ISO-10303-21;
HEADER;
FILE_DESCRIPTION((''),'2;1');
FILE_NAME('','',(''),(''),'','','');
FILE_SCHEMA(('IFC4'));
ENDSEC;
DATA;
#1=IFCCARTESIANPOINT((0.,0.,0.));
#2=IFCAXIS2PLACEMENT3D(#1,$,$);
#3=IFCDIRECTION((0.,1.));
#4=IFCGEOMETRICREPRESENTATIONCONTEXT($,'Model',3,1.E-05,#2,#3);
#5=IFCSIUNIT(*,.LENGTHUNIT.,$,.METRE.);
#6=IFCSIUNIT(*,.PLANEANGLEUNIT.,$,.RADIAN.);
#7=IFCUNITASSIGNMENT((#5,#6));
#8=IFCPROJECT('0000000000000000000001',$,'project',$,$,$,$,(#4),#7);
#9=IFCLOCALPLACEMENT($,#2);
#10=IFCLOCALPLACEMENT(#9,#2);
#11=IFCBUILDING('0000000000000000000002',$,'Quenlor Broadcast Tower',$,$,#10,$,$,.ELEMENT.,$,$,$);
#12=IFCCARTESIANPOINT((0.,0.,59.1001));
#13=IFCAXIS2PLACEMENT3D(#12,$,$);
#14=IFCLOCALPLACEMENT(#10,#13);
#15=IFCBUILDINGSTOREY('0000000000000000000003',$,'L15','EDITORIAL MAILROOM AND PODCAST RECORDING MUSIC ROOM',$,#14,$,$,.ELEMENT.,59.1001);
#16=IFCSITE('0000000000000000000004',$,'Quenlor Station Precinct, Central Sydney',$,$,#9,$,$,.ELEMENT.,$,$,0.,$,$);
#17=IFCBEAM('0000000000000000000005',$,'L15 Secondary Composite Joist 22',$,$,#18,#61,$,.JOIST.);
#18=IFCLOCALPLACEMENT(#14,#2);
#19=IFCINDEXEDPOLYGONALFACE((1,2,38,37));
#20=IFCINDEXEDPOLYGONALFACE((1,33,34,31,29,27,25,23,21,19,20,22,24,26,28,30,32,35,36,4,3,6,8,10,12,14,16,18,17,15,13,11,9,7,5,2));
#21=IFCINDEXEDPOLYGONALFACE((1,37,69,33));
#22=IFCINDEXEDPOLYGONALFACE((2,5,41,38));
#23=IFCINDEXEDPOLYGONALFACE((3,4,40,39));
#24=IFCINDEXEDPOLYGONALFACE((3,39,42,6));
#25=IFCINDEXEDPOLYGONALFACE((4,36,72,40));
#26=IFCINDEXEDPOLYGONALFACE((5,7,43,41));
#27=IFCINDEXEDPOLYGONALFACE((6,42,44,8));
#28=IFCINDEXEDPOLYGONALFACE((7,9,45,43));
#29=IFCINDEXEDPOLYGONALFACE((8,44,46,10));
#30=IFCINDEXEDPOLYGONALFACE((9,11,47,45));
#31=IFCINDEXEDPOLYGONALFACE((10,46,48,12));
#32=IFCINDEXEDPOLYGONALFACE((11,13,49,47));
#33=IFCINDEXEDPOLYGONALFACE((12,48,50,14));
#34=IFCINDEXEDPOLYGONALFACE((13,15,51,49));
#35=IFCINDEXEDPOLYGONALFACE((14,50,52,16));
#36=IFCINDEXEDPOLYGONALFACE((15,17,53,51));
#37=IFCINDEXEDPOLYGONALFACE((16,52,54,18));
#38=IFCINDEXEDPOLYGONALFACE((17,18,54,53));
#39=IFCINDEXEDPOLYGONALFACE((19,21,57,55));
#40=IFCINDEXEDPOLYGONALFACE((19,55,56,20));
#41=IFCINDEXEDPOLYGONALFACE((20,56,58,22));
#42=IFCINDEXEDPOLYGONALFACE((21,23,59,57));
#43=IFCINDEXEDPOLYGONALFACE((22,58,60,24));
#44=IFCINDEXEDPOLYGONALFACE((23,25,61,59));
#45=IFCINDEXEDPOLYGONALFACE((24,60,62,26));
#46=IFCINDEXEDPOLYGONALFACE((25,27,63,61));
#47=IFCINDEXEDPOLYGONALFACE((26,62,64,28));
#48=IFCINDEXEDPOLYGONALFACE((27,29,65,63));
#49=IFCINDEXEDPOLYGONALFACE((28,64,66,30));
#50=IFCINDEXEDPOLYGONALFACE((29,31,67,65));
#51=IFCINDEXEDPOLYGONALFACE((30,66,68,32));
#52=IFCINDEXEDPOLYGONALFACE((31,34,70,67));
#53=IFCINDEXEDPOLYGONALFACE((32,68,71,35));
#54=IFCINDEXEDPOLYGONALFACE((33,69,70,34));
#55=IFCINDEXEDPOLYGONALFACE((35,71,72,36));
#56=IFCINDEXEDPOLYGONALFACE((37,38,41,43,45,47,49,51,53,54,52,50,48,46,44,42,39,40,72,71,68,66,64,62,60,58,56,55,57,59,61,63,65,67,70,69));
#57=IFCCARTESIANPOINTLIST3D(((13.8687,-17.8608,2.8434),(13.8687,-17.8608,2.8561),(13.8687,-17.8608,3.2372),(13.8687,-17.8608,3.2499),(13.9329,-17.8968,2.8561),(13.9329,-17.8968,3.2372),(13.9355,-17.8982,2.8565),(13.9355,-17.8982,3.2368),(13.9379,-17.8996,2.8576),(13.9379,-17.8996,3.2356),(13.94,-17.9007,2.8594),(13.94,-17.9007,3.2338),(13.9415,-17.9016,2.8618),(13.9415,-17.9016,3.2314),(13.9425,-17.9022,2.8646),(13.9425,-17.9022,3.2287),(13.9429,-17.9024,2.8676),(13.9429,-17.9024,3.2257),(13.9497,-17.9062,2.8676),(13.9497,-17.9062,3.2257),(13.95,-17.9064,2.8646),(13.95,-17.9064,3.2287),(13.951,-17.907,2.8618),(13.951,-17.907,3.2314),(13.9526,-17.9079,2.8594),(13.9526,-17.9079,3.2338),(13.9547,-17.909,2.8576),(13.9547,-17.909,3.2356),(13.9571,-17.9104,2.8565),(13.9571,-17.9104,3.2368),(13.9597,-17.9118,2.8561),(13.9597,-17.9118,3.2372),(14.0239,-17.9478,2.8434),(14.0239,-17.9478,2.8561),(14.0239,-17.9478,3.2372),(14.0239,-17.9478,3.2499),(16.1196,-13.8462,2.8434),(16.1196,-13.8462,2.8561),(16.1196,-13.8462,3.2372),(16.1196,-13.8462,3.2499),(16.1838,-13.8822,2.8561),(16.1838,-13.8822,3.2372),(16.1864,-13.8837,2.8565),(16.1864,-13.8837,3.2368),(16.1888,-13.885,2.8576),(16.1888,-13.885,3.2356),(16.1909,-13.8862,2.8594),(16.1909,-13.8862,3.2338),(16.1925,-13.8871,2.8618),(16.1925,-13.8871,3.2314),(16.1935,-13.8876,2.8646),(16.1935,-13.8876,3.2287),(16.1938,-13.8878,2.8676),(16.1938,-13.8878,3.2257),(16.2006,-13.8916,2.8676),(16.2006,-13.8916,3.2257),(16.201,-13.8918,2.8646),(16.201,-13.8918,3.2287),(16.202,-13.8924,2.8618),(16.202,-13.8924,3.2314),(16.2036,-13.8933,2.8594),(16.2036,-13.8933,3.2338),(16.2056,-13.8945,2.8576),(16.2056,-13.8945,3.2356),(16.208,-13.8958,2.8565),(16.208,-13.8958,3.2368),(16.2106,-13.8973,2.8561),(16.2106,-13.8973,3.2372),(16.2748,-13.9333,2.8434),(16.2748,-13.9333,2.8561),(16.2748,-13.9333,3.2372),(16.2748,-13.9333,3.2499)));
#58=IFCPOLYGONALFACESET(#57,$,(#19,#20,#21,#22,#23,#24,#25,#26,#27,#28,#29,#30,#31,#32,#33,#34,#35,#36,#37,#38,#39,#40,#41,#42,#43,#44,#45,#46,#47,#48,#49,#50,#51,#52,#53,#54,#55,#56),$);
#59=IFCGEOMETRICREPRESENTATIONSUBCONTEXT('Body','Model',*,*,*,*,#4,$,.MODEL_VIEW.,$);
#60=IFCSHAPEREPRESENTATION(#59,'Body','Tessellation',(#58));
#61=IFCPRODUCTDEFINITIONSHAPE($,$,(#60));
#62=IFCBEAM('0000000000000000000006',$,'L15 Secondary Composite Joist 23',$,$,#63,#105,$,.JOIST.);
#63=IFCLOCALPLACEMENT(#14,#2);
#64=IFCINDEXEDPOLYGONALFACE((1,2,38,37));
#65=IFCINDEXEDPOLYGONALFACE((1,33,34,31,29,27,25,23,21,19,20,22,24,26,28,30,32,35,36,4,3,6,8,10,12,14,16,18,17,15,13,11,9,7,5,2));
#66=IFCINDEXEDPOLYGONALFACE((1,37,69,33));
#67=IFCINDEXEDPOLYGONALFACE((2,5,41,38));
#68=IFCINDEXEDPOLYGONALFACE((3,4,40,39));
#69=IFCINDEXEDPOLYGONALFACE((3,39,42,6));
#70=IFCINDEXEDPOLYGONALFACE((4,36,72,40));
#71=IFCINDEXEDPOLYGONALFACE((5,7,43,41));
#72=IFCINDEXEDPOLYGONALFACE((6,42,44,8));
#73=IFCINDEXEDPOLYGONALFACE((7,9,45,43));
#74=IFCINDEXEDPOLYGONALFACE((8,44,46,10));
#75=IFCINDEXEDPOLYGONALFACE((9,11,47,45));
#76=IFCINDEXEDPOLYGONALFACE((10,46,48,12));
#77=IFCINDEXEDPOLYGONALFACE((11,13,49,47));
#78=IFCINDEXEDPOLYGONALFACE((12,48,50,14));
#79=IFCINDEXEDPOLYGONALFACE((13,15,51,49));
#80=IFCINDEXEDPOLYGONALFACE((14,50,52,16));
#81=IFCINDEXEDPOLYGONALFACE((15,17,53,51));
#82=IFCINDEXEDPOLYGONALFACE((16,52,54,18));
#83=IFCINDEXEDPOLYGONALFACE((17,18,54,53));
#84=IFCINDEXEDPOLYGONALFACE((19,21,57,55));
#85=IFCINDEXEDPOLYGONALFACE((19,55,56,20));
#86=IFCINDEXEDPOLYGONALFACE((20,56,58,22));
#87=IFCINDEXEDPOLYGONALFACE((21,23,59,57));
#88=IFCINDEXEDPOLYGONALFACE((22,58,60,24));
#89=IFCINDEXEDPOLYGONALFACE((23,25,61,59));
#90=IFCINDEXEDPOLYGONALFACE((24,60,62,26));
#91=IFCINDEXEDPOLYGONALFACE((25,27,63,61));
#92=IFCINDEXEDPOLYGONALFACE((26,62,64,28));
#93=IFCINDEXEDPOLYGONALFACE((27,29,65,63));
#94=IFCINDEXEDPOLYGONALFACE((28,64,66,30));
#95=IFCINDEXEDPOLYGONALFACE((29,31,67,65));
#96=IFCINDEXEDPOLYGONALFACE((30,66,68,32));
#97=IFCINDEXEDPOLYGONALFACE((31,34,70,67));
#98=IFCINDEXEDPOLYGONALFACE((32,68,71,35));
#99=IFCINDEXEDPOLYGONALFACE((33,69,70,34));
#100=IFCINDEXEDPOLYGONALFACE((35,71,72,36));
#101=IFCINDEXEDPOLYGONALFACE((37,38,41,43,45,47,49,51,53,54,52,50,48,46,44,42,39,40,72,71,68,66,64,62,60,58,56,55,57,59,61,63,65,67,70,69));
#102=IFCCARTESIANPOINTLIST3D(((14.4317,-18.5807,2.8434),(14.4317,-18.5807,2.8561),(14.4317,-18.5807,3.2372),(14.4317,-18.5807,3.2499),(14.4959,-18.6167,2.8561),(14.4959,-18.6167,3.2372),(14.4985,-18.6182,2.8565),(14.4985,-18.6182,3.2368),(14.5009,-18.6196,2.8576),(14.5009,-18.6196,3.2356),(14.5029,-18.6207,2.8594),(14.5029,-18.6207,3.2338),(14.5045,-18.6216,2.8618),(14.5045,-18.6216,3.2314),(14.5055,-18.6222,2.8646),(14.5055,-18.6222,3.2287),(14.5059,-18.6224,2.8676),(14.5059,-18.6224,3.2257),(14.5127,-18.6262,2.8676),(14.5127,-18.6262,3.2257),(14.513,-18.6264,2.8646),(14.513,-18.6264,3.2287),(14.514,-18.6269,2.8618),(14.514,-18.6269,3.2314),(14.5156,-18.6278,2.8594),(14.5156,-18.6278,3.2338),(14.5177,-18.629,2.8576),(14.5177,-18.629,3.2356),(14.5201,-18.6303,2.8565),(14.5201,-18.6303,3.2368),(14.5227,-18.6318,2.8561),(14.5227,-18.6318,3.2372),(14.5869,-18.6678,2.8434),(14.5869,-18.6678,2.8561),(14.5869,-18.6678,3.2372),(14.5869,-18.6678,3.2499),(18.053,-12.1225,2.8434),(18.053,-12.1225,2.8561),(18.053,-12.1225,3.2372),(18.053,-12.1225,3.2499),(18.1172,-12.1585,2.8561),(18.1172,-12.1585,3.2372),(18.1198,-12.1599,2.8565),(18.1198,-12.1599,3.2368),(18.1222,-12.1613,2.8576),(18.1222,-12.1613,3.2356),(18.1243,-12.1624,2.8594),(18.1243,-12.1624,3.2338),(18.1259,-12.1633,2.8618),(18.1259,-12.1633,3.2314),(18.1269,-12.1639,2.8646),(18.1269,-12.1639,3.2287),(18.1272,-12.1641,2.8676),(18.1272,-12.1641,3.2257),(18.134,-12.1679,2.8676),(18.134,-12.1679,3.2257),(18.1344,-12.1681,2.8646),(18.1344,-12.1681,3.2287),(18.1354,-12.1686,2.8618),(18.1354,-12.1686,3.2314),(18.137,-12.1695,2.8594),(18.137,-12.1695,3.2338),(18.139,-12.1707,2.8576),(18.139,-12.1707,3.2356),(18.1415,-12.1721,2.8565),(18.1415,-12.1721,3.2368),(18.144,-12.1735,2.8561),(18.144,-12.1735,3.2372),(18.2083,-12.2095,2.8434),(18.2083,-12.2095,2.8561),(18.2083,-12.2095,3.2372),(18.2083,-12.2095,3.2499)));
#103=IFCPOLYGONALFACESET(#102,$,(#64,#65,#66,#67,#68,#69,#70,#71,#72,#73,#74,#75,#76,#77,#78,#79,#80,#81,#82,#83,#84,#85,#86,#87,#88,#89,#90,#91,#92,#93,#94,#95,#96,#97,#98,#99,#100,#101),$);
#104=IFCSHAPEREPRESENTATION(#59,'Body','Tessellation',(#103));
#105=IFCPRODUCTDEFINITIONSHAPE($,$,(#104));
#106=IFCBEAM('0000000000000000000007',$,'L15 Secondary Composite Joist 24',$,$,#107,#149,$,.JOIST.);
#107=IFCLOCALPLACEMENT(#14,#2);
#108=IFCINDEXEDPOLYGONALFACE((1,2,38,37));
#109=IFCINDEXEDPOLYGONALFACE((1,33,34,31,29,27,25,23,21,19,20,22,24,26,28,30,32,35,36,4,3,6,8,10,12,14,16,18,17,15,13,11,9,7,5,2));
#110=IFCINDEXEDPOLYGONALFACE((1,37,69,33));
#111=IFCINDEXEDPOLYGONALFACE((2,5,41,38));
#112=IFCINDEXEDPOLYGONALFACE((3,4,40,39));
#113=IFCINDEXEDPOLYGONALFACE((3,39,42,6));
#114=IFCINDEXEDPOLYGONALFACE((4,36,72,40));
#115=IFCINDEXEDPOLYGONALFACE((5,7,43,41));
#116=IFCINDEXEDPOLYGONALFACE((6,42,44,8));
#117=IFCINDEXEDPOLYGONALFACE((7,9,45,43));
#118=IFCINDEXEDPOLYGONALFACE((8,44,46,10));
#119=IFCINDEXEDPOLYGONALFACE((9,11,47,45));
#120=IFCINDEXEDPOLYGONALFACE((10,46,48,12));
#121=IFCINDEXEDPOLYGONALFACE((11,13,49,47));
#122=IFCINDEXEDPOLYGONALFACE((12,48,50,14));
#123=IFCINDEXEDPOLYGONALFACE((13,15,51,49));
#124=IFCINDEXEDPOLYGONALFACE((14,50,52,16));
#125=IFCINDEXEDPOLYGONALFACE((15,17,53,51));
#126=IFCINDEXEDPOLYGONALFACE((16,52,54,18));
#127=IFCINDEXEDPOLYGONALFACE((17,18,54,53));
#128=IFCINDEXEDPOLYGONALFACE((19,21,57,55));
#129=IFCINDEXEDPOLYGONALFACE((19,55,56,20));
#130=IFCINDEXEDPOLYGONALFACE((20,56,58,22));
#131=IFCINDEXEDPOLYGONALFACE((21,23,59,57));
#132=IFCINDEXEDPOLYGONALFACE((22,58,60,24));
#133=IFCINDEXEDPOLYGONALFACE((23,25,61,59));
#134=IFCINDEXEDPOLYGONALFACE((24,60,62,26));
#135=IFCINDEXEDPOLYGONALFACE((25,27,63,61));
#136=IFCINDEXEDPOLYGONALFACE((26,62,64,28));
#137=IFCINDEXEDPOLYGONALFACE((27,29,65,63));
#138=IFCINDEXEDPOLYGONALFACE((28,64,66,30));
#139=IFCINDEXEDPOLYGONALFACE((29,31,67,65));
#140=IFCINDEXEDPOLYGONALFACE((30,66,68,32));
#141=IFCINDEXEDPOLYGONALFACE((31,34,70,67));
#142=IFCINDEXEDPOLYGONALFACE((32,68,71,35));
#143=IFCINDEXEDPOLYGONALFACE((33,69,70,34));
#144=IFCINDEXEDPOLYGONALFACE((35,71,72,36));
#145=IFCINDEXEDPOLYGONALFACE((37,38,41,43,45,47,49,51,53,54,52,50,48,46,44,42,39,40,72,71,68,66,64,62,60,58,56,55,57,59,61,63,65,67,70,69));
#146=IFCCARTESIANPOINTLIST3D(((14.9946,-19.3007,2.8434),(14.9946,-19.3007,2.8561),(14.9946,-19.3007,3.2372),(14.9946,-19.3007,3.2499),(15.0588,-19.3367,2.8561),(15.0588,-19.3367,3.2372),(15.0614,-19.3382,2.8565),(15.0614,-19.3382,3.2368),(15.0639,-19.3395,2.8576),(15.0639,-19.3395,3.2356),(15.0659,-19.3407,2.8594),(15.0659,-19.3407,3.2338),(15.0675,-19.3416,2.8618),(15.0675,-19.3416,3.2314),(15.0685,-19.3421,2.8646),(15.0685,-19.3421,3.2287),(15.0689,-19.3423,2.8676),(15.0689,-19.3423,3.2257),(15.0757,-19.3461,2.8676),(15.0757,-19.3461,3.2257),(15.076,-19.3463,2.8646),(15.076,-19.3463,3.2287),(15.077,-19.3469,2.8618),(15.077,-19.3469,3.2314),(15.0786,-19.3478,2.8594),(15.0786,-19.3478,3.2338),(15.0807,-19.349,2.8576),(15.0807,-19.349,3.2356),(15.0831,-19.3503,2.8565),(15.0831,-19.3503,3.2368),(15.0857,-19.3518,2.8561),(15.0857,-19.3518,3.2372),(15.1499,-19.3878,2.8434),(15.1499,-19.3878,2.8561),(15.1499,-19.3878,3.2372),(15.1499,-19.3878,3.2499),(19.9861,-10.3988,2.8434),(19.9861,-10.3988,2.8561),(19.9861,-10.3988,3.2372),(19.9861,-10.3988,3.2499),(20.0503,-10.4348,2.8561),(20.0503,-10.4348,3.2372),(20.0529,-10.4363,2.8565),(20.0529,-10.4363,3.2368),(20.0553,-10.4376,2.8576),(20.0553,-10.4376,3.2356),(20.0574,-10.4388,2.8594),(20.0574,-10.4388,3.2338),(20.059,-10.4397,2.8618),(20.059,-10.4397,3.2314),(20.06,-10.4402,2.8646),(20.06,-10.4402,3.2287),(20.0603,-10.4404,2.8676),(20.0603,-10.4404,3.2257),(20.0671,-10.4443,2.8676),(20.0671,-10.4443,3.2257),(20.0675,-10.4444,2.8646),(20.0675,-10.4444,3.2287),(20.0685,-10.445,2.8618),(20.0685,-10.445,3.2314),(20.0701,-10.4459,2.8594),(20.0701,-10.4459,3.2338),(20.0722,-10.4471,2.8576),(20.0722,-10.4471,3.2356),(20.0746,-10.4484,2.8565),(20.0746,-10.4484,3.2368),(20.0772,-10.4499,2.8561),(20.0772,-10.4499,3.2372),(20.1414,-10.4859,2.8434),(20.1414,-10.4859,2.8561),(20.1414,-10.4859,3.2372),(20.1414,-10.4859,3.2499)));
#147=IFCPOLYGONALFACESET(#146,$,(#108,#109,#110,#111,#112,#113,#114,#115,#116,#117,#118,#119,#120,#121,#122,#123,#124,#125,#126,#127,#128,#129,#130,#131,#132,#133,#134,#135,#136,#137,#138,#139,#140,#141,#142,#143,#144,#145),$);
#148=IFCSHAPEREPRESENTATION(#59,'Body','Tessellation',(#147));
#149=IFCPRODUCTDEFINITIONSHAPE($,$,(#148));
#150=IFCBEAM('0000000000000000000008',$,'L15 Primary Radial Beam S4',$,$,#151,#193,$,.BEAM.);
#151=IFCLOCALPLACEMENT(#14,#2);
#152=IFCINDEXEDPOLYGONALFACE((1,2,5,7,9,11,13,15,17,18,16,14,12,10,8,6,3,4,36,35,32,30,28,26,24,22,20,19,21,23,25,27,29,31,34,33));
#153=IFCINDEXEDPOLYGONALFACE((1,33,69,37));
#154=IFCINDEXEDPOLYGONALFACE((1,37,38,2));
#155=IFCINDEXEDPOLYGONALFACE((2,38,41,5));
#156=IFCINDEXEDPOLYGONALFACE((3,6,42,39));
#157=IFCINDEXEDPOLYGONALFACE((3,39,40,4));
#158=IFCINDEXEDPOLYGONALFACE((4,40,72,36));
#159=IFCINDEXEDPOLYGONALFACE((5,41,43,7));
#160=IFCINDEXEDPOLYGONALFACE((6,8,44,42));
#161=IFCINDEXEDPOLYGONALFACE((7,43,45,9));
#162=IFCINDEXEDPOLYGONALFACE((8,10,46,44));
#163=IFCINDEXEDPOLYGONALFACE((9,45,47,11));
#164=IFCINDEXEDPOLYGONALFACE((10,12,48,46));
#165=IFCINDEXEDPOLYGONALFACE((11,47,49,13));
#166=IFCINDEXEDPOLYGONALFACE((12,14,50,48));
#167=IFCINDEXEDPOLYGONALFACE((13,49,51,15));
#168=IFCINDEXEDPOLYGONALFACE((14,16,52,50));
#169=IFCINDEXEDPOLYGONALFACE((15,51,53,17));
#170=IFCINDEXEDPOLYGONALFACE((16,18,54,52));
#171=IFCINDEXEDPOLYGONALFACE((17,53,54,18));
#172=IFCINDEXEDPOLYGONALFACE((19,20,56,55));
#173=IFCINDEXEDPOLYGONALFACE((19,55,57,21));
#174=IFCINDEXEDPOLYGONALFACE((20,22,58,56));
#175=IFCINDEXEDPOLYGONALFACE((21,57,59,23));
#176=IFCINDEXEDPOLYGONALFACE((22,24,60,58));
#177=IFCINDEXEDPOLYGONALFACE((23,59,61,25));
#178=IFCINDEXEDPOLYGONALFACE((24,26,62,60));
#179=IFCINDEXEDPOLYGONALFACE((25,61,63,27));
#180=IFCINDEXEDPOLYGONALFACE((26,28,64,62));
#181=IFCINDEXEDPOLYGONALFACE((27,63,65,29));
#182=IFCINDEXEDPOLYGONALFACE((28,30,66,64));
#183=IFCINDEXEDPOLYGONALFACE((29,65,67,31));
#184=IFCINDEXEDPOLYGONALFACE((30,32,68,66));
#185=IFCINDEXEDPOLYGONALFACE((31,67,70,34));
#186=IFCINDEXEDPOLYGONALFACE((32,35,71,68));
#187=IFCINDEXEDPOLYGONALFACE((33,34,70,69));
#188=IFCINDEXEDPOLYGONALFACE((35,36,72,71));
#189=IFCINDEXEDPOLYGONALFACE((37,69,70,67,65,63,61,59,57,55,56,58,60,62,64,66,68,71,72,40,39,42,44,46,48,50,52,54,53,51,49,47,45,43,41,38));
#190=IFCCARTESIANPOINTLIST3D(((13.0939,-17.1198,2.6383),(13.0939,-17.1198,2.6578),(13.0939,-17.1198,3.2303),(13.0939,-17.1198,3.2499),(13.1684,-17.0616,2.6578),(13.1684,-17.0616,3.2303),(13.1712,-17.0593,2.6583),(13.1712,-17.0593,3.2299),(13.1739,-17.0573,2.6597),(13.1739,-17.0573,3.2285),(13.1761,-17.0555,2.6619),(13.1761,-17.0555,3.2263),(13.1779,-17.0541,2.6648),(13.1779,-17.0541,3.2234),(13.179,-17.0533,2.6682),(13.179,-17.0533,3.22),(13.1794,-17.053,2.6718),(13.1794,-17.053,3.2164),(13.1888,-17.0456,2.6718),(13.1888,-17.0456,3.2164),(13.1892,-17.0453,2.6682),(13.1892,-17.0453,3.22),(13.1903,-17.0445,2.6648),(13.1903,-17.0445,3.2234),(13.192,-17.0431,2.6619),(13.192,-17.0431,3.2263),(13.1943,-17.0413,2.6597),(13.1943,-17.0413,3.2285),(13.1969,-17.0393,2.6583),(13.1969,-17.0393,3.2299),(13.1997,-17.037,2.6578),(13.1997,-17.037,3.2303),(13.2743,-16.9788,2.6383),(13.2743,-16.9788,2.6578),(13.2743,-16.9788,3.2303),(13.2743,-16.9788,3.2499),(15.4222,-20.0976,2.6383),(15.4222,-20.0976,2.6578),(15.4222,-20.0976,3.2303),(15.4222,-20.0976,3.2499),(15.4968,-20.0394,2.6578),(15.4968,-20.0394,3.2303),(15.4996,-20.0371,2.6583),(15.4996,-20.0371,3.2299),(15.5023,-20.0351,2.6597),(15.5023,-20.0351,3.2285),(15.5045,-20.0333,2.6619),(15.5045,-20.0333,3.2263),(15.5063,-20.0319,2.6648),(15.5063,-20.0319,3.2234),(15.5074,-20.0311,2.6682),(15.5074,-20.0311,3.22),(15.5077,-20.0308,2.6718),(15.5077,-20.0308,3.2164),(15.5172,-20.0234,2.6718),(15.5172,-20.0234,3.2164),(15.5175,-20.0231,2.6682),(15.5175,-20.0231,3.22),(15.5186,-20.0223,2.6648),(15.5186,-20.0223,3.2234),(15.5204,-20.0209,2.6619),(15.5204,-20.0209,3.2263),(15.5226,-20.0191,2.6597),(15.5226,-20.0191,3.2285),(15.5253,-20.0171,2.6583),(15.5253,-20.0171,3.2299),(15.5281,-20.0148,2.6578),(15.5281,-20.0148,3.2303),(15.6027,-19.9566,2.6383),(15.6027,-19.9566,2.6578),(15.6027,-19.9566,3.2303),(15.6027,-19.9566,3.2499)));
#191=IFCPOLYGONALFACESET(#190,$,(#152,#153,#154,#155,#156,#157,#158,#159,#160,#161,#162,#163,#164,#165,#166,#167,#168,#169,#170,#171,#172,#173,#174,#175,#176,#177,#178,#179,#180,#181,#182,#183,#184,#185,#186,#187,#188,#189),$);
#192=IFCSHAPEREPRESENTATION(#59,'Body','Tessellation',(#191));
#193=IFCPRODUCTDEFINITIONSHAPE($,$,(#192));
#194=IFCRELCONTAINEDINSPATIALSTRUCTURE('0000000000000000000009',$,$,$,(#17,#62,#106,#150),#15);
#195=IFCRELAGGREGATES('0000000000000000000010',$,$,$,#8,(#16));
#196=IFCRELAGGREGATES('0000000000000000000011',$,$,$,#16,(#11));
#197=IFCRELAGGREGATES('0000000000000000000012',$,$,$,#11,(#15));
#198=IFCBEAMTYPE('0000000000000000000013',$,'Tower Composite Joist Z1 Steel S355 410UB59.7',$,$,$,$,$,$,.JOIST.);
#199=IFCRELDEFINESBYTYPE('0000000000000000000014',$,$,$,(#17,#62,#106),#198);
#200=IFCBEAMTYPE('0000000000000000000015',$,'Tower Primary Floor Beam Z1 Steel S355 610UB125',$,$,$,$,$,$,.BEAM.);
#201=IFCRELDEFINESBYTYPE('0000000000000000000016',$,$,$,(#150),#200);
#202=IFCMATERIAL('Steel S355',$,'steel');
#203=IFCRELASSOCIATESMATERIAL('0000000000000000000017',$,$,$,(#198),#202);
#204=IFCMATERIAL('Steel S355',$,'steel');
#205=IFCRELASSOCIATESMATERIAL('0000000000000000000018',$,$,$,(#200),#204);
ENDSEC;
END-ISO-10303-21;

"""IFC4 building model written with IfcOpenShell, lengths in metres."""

from ifc_helpers import new_model, si_unit, direction, frame, origin, origin_2d, place, context, subcontext, project, spatial, i_section, extrude, material, material_profile, profile_set, type_object, element, save


model = new_model("IFC4")

# Units and contexts
model_context = context("Model", 3, precision=1e-05, world=origin(), true_north=direction((0.0, 1.0)))
body_context = subcontext(model_context, "Body", "Model", "MODEL_VIEW")
ifc_project = project(units=[si_unit("LENGTHUNIT", "METRE"), si_unit("PLANEANGLEUNIT", "RADIAN")], contexts=[model_context])

# Site, building, storey
site_placement = place(None, origin())
site = spatial("IfcSite", under=ifc_project, at=site_placement, Name="Quenlor Station Precinct, Central Sydney", CompositionType="ELEMENT", RefElevation=0.0)
building_placement = place(site_placement, origin())
building = spatial("IfcBuilding", under=site, at=building_placement, Name="Quenlor Broadcast Tower", CompositionType="ELEMENT")
storey_placement = place(building_placement, frame((0.0, 0.0, 59.1001)))
storey = spatial("IfcBuildingStorey", under=building, at=storey_placement, Name="L15", Description="EDITORIAL MAILROOM AND PODCAST RECORDING MUSIC ROOM", CompositionType="ELEMENT", Elevation=59.1001)

# Beams
ifc_material_1 = material(Name="Steel S355", Category="steel")
ifc_material_profile_1 = material_profile(ifc_material_1, i_section(OverallWidth=0.178, OverallDepth=0.4065, WebThickness=0.0078, FlangeThickness=0.0127, FilletRadius=0.0115, at=origin_2d()))
ifc_profile_set_1 = profile_set([ifc_material_profile_1], Name="Steel S355 410UB59.7")
beam_type_1 = type_object("IfcBeamType", Name="Tower Composite Joist Z1 Steel S355 410UB59.7", PredefinedType="JOIST", material=ifc_profile_set_1)
beam_1_placement = place(storey_placement, frame((13.9463, -17.9043, 3.0466), z_axis=(0.489062, 0.872249, 0.0), x_axis=(-0.872249, 0.489062, 0.0)))
element("IfcBeam", 1, at=beam_1_placement, inside=storey, type_object=beam_type_1, Name="L15 Secondary Composite Joist 22", PredefinedType="JOIST", context=body_context, shape_type="SweptSolid", body=[
    extrude(i_section(OverallWidth=0.178, OverallDepth=0.4065, WebThickness=0.0078, FlangeThickness=0.0127, FilletRadius=0.0115, at=origin_2d()), origin(), (0.0, 0.0, 1.0), 4.6025),
])
beam_2_placement = place(storey_placement, frame((14.5093, -18.6243, 3.0466), z_axis=(0.489088, 0.872234, 0.0), x_axis=(-0.872234, 0.489088, 0.0)))
element("IfcBeam", 2, at=beam_2_placement, inside=storey, type_object=beam_type_1, Name="L15 Secondary Composite Joist 23", PredefinedType="JOIST", context=body_context, shape_type="SweptSolid", body=[
    extrude(i_section(OverallWidth=0.178, OverallDepth=0.4065, WebThickness=0.0078, FlangeThickness=0.0127, FilletRadius=0.0115, at=origin_2d()), origin(), (0.0, 0.0, 1.0), 7.4043),
])
beam_3_placement = place(storey_placement, frame((15.0723, -19.3442, 3.0466), z_axis=(0.489082, 0.872238, 0.0), x_axis=(-0.872238, 0.489082, 0.0)))
element("IfcBeam", 3, at=beam_3_placement, inside=storey, type_object=beam_type_1, Name="L15 Secondary Composite Joist 24", PredefinedType="JOIST", context=body_context, shape_type="SweptSolid", body=[
    extrude(i_section(OverallWidth=0.178, OverallDepth=0.4065, WebThickness=0.0078, FlangeThickness=0.0127, FilletRadius=0.0115, at=origin_2d()), origin(), (0.0, 0.0, 1.0), 10.2058),
])
ifc_material_2 = material(Name="Steel S355", Category="steel")
ifc_material_profile_2 = material_profile(ifc_material_2, i_section(OverallWidth=0.229, OverallDepth=0.6116, WebThickness=0.012, FlangeThickness=0.0195, FilletRadius=0.0139, at=origin_2d()))
ifc_profile_set_2 = profile_set([ifc_material_profile_2], Name="Steel S355 610UB125")
beam_type_2 = type_object("IfcBeamType", Name="Tower Primary Floor Beam Z1 Steel S355 610UB125", PredefinedType="BEAM", material=ifc_profile_set_2)
beam_4_placement = place(storey_placement, frame((15.5125, -20.0271, 2.9441), z_axis=(-0.615969, 0.787771, 0.0), x_axis=(-0.787771, -0.615969, 0.0)))
element("IfcBeam", 4, at=beam_4_placement, inside=storey, type_object=beam_type_2, Name="L15 Primary Radial Beam S4", PredefinedType="BEAM", context=body_context, shape_type="SweptSolid", body=[
    extrude(i_section(OverallWidth=0.229, OverallDepth=0.6116, WebThickness=0.012, FlangeThickness=0.0195, FilletRadius=0.0139, at=origin_2d()), origin(), (0.0, 0.0, 1.0), 3.78),
])

save(model, "model.ifc")
